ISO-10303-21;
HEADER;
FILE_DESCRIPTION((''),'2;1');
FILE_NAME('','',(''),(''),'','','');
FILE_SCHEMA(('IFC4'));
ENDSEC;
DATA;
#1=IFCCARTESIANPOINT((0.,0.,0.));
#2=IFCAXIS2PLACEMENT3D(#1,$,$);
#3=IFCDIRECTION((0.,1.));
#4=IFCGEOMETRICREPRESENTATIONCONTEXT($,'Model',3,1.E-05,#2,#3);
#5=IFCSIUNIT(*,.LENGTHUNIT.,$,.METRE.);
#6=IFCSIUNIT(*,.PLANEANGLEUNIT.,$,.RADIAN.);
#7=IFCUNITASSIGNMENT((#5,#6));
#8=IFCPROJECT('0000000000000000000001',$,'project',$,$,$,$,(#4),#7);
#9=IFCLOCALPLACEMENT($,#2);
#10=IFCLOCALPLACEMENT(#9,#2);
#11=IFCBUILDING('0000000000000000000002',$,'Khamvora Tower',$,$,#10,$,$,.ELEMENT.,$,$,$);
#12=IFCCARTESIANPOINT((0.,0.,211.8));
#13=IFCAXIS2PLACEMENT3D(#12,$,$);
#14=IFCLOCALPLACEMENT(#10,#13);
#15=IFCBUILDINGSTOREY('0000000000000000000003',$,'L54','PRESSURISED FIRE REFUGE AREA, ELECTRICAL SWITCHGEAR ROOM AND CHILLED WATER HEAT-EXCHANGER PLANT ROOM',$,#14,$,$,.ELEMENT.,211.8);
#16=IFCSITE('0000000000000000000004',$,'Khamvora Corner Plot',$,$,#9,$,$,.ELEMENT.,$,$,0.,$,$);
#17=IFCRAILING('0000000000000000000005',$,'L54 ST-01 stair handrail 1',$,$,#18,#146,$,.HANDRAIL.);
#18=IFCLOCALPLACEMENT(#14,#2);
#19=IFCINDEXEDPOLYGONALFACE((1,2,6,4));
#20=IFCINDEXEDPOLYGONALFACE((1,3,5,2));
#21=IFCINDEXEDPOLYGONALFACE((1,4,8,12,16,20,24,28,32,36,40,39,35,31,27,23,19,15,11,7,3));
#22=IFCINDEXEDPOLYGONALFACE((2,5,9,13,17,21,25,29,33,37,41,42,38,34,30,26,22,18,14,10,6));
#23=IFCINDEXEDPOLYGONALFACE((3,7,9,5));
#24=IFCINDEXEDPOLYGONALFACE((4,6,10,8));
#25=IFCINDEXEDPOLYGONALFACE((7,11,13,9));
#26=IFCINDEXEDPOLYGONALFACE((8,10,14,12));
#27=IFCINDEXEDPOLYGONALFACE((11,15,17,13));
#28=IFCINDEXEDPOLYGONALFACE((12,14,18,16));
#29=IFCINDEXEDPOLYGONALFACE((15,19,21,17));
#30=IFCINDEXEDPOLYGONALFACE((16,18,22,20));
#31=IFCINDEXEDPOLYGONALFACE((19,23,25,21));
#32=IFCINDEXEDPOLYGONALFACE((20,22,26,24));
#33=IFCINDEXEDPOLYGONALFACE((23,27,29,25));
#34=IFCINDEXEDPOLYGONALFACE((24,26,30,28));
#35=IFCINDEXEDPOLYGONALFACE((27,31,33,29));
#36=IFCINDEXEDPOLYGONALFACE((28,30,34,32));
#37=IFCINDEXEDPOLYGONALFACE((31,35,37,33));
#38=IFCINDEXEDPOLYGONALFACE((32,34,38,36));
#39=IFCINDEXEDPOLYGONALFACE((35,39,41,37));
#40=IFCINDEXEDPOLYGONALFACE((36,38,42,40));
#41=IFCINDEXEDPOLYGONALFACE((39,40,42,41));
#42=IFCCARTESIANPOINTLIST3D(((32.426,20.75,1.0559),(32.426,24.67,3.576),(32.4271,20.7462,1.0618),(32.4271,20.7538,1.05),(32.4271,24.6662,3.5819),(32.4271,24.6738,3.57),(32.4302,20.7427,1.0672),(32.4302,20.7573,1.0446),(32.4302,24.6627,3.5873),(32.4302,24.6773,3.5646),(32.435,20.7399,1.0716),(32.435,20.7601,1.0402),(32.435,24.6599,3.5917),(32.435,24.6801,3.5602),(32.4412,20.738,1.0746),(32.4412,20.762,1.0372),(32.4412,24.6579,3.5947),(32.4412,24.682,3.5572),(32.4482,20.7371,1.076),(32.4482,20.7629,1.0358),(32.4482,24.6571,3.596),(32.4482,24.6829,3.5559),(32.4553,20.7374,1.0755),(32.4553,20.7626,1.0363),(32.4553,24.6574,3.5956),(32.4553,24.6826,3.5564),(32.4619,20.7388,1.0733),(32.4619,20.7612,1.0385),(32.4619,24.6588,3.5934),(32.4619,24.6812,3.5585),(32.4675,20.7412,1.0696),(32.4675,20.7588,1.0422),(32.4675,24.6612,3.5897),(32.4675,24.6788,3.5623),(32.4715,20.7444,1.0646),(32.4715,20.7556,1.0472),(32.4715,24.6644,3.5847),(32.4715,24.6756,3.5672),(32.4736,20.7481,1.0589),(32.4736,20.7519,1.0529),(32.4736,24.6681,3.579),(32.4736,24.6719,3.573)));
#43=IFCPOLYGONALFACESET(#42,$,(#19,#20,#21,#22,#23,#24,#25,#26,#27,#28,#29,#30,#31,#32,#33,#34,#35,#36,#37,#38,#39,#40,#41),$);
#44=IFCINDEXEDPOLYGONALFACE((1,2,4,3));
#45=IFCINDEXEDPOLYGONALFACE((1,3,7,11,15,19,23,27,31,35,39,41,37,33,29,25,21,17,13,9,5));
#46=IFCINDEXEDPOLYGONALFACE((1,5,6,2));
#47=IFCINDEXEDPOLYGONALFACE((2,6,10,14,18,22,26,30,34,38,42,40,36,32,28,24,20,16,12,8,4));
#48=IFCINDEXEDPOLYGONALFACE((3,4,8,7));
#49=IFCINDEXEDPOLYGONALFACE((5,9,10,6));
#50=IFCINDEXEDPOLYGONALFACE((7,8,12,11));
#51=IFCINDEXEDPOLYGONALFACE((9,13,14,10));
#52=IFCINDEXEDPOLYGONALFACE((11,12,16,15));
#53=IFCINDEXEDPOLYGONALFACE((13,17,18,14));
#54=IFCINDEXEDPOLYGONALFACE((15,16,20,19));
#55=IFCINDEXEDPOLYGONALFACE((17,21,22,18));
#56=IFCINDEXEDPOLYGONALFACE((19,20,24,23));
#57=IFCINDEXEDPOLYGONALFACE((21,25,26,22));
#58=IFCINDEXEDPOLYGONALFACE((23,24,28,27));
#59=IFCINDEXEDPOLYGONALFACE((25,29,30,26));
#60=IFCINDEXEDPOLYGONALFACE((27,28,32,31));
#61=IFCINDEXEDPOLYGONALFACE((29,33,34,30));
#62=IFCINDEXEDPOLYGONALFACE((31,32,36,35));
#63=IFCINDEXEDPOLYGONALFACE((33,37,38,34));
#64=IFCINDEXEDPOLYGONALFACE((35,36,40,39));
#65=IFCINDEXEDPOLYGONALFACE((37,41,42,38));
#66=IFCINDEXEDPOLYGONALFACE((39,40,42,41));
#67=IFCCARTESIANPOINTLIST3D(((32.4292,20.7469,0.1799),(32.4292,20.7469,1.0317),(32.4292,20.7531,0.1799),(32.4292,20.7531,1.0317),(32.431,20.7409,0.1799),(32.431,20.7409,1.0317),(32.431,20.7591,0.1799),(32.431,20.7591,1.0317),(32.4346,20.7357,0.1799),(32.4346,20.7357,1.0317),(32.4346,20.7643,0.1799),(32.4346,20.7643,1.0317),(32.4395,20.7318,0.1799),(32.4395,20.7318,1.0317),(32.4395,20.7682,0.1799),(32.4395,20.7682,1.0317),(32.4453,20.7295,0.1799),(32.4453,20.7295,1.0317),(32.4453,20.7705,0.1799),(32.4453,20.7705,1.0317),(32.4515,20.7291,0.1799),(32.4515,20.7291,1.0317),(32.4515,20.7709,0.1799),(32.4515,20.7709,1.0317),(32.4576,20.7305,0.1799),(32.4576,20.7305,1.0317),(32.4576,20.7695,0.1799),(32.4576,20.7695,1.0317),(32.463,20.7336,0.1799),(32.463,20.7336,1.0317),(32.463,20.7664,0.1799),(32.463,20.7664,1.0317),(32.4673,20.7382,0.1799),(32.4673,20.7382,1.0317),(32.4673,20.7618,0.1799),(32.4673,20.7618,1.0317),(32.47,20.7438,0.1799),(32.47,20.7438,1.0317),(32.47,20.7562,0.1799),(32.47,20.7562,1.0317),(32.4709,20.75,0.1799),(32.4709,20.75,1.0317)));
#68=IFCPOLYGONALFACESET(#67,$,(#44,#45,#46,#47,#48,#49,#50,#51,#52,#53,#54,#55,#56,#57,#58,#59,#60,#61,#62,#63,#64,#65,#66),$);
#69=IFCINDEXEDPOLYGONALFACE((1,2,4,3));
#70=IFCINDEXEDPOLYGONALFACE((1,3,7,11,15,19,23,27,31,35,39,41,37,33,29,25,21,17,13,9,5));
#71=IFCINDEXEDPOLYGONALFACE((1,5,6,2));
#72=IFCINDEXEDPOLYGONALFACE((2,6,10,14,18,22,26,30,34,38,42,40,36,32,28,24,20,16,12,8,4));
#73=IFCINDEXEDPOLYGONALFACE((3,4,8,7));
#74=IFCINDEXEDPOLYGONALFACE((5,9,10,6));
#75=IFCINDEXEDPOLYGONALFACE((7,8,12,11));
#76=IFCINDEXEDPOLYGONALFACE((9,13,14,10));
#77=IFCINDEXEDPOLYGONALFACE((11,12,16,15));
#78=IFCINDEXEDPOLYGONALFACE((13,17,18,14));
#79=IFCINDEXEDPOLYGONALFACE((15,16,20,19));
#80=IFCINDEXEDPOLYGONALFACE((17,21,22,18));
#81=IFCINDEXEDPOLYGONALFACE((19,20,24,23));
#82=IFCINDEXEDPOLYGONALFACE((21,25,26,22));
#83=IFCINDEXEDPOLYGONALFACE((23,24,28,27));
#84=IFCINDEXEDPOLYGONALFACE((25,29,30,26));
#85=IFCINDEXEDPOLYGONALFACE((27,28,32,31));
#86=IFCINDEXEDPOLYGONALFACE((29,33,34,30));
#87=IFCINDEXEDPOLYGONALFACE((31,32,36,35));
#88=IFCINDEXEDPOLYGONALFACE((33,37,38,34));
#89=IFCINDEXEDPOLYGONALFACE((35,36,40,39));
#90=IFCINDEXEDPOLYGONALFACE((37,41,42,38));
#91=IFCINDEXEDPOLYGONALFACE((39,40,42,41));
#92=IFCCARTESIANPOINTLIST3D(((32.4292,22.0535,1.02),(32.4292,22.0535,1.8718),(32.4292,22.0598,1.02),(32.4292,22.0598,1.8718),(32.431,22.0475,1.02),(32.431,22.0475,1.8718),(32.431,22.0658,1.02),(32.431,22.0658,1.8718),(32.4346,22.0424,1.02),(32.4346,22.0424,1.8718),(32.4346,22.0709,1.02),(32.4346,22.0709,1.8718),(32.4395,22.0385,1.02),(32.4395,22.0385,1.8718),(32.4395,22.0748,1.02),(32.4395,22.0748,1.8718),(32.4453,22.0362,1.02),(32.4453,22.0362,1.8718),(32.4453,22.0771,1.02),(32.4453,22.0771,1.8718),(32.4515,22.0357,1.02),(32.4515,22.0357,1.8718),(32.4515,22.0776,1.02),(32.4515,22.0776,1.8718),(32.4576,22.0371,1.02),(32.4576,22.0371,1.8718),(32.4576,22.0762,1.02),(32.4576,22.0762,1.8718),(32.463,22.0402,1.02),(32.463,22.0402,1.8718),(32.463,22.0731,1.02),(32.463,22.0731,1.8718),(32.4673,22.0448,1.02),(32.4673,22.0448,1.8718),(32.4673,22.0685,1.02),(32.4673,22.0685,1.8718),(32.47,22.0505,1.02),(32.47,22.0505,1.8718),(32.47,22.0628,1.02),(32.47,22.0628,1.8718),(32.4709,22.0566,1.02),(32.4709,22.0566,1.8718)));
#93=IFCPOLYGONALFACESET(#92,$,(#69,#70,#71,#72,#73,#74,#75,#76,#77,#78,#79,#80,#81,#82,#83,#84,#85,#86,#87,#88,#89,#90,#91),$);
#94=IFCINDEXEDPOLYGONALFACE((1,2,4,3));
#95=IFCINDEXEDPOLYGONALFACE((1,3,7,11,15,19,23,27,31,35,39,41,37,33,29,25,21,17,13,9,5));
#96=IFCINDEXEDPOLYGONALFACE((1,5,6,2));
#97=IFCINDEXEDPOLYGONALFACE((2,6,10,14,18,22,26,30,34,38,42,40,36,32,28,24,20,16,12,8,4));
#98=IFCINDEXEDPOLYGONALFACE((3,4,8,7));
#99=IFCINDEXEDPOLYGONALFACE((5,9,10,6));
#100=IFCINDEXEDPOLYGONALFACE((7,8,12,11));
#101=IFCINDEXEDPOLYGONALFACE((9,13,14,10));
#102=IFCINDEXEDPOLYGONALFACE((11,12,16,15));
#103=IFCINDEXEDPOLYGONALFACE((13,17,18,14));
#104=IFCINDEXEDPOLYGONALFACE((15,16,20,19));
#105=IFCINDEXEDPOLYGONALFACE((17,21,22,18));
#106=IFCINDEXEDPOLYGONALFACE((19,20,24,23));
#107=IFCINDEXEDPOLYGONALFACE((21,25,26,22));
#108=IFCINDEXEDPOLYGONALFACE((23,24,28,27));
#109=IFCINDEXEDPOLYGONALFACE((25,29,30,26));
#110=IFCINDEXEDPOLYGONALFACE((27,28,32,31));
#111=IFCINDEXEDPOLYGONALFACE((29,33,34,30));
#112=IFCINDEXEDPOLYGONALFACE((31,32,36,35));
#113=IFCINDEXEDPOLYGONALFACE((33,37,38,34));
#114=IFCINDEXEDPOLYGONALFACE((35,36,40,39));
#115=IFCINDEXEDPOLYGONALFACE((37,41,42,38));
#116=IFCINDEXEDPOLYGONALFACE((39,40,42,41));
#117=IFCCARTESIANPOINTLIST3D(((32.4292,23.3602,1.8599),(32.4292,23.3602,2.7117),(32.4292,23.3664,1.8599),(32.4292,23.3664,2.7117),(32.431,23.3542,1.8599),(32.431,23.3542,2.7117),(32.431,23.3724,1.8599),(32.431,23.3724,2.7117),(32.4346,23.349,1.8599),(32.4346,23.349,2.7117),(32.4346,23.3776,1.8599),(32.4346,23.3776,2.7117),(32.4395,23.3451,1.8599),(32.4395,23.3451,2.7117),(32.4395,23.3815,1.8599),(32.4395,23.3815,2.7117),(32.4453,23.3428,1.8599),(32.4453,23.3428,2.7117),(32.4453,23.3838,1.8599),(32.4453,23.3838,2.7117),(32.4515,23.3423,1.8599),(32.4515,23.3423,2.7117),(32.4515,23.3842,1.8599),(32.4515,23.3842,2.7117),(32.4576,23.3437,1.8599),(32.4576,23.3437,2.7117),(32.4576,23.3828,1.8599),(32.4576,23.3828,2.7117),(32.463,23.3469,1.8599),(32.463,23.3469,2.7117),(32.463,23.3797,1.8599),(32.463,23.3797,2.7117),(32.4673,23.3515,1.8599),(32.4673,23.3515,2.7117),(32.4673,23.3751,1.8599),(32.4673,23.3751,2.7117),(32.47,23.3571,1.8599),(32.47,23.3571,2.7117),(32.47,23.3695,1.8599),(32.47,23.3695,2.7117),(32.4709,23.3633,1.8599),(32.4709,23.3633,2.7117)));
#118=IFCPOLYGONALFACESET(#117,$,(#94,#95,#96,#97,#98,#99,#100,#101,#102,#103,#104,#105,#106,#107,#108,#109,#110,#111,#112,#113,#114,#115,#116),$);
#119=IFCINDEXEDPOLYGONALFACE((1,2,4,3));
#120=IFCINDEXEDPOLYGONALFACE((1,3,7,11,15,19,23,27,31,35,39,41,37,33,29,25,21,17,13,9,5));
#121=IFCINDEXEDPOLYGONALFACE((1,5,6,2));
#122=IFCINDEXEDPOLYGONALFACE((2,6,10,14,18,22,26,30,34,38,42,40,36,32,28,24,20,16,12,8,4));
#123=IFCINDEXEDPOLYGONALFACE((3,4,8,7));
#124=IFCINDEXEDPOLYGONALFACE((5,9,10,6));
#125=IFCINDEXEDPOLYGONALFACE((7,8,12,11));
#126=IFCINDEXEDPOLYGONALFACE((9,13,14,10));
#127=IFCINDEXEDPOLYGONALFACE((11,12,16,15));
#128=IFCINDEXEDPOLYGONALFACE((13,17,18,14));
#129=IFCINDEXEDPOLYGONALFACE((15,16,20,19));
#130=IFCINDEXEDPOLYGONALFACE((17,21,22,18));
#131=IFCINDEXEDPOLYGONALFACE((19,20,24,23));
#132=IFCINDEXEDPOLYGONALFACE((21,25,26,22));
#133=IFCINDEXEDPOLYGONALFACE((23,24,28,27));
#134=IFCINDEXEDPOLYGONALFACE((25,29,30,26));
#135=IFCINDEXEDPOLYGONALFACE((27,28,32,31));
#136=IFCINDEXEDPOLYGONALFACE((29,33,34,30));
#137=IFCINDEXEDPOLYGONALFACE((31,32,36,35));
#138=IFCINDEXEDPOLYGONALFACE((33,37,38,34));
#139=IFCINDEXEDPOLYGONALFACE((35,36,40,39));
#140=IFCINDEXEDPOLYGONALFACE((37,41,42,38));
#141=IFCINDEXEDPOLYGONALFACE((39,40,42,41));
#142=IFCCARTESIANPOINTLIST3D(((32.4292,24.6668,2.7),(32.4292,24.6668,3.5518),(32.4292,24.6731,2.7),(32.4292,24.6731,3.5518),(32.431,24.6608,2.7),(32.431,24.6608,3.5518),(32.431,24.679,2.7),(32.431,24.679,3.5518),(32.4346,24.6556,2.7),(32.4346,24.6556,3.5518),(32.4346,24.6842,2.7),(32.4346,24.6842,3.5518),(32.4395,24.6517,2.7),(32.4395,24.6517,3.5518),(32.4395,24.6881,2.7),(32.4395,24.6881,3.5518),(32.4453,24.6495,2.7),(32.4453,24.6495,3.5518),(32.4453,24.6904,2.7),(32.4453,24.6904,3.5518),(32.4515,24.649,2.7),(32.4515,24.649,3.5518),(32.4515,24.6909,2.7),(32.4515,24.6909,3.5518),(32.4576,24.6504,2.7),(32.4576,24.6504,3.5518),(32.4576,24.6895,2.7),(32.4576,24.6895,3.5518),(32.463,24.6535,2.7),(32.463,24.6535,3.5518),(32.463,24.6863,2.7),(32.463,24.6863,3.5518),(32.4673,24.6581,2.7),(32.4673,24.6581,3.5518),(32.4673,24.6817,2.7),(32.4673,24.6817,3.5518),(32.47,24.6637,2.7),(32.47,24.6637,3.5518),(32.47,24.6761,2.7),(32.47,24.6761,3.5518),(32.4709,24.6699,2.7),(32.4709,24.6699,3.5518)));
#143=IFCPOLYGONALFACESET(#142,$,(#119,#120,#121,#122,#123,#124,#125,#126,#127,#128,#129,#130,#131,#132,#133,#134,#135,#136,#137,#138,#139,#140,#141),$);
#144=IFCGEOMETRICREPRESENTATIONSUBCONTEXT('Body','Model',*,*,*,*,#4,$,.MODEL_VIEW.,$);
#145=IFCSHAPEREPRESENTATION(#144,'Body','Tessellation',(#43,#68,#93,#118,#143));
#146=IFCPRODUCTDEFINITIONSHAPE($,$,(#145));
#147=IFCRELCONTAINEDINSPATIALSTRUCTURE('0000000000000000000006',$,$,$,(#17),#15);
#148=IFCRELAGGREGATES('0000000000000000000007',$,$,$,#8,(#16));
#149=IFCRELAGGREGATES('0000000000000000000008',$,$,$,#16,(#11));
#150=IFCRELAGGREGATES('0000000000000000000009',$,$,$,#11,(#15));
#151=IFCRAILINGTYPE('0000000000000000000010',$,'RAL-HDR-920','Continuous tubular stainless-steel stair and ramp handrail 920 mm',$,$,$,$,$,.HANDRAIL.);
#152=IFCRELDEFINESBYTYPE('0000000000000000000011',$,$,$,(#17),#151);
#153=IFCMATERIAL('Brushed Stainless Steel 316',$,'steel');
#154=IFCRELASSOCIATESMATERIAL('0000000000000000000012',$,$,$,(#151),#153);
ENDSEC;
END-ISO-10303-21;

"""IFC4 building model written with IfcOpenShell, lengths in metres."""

from ifc_helpers import new_model, si_unit, direction, frame, origin, origin_2d, place, context, subcontext, project, spatial, circle, extrude, material, type_object, element, save


model = new_model("IFC4")

# Units and contexts
model_context = context("Model", 3, precision=1e-05, world=origin(), true_north=direction((0.0, 1.0)))
body_context = subcontext(model_context, "Body", "Model", "MODEL_VIEW")
ifc_project = project(units=[si_unit("LENGTHUNIT", "METRE"), si_unit("PLANEANGLEUNIT", "RADIAN")], contexts=[model_context])

# Site, building, storey
site_placement = place(None, origin())
site = spatial("IfcSite", under=ifc_project, at=site_placement, Name="Khamvora Corner Plot", CompositionType="ELEMENT", RefElevation=0.0)
building_placement = place(site_placement, origin())
building = spatial("IfcBuilding", under=site, at=building_placement, Name="Khamvora Tower", CompositionType="ELEMENT")
storey_placement = place(building_placement, frame((0.0, 0.0, 211.8)))
storey = spatial("IfcBuildingStorey", under=building, at=storey_placement, Name="L54", Description="PRESSURISED FIRE REFUGE AREA, ELECTRICAL SWITCHGEAR ROOM AND CHILLED WATER HEAT-EXCHANGER PLANT ROOM", CompositionType="ELEMENT", Elevation=211.8)

# Railing
ifc_material_1 = material(Name="Brushed Stainless Steel 316", Category="steel")
railing_type_1 = type_object("IfcRailingType", Name="RAL-HDR-920", Description="Continuous tubular stainless-steel stair and ramp handrail 920 mm", PredefinedType="HANDRAIL", material=ifc_material_1)
railing_1_placement = place(storey_placement, frame((32.45, 20.75, 0.1799)))
element("IfcRailing", 1, at=railing_1_placement, inside=storey, type_object=railing_type_1, Name="L54 ST-01 stair handrail 1", PredefinedType="HANDRAIL", context=body_context, shape_type="SweptSolid", body=[
    extrude(circle(Radius=0.0239, at=origin_2d()), frame((0.0, 0.0, 0.876), z_axis=(0.0, 0.841172, 0.540768), x_axis=(-1.0, 0.0, 0.0)), (0.0, 0.0, 1.0), 4.6602),
    extrude(circle(Radius=0.021, at=origin_2d()), origin(), (0.0, 0.0, 1.0), 0.8518),
    extrude(circle(Radius=0.021, at=origin_2d()), frame((0.0, 1.3066, 0.8401)), (0.0, 0.0, 1.0), 0.8518),
    extrude(circle(Radius=0.021, at=origin_2d()), frame((0.0, 2.6133, 1.6799)), (0.0, 0.0, 1.0), 0.8518),
    extrude(circle(Radius=0.021, at=origin_2d()), frame((0.0, 3.9199, 2.52)), (0.0, 0.0, 1.0), 0.8518),
])

save(model, "model.ifc")
